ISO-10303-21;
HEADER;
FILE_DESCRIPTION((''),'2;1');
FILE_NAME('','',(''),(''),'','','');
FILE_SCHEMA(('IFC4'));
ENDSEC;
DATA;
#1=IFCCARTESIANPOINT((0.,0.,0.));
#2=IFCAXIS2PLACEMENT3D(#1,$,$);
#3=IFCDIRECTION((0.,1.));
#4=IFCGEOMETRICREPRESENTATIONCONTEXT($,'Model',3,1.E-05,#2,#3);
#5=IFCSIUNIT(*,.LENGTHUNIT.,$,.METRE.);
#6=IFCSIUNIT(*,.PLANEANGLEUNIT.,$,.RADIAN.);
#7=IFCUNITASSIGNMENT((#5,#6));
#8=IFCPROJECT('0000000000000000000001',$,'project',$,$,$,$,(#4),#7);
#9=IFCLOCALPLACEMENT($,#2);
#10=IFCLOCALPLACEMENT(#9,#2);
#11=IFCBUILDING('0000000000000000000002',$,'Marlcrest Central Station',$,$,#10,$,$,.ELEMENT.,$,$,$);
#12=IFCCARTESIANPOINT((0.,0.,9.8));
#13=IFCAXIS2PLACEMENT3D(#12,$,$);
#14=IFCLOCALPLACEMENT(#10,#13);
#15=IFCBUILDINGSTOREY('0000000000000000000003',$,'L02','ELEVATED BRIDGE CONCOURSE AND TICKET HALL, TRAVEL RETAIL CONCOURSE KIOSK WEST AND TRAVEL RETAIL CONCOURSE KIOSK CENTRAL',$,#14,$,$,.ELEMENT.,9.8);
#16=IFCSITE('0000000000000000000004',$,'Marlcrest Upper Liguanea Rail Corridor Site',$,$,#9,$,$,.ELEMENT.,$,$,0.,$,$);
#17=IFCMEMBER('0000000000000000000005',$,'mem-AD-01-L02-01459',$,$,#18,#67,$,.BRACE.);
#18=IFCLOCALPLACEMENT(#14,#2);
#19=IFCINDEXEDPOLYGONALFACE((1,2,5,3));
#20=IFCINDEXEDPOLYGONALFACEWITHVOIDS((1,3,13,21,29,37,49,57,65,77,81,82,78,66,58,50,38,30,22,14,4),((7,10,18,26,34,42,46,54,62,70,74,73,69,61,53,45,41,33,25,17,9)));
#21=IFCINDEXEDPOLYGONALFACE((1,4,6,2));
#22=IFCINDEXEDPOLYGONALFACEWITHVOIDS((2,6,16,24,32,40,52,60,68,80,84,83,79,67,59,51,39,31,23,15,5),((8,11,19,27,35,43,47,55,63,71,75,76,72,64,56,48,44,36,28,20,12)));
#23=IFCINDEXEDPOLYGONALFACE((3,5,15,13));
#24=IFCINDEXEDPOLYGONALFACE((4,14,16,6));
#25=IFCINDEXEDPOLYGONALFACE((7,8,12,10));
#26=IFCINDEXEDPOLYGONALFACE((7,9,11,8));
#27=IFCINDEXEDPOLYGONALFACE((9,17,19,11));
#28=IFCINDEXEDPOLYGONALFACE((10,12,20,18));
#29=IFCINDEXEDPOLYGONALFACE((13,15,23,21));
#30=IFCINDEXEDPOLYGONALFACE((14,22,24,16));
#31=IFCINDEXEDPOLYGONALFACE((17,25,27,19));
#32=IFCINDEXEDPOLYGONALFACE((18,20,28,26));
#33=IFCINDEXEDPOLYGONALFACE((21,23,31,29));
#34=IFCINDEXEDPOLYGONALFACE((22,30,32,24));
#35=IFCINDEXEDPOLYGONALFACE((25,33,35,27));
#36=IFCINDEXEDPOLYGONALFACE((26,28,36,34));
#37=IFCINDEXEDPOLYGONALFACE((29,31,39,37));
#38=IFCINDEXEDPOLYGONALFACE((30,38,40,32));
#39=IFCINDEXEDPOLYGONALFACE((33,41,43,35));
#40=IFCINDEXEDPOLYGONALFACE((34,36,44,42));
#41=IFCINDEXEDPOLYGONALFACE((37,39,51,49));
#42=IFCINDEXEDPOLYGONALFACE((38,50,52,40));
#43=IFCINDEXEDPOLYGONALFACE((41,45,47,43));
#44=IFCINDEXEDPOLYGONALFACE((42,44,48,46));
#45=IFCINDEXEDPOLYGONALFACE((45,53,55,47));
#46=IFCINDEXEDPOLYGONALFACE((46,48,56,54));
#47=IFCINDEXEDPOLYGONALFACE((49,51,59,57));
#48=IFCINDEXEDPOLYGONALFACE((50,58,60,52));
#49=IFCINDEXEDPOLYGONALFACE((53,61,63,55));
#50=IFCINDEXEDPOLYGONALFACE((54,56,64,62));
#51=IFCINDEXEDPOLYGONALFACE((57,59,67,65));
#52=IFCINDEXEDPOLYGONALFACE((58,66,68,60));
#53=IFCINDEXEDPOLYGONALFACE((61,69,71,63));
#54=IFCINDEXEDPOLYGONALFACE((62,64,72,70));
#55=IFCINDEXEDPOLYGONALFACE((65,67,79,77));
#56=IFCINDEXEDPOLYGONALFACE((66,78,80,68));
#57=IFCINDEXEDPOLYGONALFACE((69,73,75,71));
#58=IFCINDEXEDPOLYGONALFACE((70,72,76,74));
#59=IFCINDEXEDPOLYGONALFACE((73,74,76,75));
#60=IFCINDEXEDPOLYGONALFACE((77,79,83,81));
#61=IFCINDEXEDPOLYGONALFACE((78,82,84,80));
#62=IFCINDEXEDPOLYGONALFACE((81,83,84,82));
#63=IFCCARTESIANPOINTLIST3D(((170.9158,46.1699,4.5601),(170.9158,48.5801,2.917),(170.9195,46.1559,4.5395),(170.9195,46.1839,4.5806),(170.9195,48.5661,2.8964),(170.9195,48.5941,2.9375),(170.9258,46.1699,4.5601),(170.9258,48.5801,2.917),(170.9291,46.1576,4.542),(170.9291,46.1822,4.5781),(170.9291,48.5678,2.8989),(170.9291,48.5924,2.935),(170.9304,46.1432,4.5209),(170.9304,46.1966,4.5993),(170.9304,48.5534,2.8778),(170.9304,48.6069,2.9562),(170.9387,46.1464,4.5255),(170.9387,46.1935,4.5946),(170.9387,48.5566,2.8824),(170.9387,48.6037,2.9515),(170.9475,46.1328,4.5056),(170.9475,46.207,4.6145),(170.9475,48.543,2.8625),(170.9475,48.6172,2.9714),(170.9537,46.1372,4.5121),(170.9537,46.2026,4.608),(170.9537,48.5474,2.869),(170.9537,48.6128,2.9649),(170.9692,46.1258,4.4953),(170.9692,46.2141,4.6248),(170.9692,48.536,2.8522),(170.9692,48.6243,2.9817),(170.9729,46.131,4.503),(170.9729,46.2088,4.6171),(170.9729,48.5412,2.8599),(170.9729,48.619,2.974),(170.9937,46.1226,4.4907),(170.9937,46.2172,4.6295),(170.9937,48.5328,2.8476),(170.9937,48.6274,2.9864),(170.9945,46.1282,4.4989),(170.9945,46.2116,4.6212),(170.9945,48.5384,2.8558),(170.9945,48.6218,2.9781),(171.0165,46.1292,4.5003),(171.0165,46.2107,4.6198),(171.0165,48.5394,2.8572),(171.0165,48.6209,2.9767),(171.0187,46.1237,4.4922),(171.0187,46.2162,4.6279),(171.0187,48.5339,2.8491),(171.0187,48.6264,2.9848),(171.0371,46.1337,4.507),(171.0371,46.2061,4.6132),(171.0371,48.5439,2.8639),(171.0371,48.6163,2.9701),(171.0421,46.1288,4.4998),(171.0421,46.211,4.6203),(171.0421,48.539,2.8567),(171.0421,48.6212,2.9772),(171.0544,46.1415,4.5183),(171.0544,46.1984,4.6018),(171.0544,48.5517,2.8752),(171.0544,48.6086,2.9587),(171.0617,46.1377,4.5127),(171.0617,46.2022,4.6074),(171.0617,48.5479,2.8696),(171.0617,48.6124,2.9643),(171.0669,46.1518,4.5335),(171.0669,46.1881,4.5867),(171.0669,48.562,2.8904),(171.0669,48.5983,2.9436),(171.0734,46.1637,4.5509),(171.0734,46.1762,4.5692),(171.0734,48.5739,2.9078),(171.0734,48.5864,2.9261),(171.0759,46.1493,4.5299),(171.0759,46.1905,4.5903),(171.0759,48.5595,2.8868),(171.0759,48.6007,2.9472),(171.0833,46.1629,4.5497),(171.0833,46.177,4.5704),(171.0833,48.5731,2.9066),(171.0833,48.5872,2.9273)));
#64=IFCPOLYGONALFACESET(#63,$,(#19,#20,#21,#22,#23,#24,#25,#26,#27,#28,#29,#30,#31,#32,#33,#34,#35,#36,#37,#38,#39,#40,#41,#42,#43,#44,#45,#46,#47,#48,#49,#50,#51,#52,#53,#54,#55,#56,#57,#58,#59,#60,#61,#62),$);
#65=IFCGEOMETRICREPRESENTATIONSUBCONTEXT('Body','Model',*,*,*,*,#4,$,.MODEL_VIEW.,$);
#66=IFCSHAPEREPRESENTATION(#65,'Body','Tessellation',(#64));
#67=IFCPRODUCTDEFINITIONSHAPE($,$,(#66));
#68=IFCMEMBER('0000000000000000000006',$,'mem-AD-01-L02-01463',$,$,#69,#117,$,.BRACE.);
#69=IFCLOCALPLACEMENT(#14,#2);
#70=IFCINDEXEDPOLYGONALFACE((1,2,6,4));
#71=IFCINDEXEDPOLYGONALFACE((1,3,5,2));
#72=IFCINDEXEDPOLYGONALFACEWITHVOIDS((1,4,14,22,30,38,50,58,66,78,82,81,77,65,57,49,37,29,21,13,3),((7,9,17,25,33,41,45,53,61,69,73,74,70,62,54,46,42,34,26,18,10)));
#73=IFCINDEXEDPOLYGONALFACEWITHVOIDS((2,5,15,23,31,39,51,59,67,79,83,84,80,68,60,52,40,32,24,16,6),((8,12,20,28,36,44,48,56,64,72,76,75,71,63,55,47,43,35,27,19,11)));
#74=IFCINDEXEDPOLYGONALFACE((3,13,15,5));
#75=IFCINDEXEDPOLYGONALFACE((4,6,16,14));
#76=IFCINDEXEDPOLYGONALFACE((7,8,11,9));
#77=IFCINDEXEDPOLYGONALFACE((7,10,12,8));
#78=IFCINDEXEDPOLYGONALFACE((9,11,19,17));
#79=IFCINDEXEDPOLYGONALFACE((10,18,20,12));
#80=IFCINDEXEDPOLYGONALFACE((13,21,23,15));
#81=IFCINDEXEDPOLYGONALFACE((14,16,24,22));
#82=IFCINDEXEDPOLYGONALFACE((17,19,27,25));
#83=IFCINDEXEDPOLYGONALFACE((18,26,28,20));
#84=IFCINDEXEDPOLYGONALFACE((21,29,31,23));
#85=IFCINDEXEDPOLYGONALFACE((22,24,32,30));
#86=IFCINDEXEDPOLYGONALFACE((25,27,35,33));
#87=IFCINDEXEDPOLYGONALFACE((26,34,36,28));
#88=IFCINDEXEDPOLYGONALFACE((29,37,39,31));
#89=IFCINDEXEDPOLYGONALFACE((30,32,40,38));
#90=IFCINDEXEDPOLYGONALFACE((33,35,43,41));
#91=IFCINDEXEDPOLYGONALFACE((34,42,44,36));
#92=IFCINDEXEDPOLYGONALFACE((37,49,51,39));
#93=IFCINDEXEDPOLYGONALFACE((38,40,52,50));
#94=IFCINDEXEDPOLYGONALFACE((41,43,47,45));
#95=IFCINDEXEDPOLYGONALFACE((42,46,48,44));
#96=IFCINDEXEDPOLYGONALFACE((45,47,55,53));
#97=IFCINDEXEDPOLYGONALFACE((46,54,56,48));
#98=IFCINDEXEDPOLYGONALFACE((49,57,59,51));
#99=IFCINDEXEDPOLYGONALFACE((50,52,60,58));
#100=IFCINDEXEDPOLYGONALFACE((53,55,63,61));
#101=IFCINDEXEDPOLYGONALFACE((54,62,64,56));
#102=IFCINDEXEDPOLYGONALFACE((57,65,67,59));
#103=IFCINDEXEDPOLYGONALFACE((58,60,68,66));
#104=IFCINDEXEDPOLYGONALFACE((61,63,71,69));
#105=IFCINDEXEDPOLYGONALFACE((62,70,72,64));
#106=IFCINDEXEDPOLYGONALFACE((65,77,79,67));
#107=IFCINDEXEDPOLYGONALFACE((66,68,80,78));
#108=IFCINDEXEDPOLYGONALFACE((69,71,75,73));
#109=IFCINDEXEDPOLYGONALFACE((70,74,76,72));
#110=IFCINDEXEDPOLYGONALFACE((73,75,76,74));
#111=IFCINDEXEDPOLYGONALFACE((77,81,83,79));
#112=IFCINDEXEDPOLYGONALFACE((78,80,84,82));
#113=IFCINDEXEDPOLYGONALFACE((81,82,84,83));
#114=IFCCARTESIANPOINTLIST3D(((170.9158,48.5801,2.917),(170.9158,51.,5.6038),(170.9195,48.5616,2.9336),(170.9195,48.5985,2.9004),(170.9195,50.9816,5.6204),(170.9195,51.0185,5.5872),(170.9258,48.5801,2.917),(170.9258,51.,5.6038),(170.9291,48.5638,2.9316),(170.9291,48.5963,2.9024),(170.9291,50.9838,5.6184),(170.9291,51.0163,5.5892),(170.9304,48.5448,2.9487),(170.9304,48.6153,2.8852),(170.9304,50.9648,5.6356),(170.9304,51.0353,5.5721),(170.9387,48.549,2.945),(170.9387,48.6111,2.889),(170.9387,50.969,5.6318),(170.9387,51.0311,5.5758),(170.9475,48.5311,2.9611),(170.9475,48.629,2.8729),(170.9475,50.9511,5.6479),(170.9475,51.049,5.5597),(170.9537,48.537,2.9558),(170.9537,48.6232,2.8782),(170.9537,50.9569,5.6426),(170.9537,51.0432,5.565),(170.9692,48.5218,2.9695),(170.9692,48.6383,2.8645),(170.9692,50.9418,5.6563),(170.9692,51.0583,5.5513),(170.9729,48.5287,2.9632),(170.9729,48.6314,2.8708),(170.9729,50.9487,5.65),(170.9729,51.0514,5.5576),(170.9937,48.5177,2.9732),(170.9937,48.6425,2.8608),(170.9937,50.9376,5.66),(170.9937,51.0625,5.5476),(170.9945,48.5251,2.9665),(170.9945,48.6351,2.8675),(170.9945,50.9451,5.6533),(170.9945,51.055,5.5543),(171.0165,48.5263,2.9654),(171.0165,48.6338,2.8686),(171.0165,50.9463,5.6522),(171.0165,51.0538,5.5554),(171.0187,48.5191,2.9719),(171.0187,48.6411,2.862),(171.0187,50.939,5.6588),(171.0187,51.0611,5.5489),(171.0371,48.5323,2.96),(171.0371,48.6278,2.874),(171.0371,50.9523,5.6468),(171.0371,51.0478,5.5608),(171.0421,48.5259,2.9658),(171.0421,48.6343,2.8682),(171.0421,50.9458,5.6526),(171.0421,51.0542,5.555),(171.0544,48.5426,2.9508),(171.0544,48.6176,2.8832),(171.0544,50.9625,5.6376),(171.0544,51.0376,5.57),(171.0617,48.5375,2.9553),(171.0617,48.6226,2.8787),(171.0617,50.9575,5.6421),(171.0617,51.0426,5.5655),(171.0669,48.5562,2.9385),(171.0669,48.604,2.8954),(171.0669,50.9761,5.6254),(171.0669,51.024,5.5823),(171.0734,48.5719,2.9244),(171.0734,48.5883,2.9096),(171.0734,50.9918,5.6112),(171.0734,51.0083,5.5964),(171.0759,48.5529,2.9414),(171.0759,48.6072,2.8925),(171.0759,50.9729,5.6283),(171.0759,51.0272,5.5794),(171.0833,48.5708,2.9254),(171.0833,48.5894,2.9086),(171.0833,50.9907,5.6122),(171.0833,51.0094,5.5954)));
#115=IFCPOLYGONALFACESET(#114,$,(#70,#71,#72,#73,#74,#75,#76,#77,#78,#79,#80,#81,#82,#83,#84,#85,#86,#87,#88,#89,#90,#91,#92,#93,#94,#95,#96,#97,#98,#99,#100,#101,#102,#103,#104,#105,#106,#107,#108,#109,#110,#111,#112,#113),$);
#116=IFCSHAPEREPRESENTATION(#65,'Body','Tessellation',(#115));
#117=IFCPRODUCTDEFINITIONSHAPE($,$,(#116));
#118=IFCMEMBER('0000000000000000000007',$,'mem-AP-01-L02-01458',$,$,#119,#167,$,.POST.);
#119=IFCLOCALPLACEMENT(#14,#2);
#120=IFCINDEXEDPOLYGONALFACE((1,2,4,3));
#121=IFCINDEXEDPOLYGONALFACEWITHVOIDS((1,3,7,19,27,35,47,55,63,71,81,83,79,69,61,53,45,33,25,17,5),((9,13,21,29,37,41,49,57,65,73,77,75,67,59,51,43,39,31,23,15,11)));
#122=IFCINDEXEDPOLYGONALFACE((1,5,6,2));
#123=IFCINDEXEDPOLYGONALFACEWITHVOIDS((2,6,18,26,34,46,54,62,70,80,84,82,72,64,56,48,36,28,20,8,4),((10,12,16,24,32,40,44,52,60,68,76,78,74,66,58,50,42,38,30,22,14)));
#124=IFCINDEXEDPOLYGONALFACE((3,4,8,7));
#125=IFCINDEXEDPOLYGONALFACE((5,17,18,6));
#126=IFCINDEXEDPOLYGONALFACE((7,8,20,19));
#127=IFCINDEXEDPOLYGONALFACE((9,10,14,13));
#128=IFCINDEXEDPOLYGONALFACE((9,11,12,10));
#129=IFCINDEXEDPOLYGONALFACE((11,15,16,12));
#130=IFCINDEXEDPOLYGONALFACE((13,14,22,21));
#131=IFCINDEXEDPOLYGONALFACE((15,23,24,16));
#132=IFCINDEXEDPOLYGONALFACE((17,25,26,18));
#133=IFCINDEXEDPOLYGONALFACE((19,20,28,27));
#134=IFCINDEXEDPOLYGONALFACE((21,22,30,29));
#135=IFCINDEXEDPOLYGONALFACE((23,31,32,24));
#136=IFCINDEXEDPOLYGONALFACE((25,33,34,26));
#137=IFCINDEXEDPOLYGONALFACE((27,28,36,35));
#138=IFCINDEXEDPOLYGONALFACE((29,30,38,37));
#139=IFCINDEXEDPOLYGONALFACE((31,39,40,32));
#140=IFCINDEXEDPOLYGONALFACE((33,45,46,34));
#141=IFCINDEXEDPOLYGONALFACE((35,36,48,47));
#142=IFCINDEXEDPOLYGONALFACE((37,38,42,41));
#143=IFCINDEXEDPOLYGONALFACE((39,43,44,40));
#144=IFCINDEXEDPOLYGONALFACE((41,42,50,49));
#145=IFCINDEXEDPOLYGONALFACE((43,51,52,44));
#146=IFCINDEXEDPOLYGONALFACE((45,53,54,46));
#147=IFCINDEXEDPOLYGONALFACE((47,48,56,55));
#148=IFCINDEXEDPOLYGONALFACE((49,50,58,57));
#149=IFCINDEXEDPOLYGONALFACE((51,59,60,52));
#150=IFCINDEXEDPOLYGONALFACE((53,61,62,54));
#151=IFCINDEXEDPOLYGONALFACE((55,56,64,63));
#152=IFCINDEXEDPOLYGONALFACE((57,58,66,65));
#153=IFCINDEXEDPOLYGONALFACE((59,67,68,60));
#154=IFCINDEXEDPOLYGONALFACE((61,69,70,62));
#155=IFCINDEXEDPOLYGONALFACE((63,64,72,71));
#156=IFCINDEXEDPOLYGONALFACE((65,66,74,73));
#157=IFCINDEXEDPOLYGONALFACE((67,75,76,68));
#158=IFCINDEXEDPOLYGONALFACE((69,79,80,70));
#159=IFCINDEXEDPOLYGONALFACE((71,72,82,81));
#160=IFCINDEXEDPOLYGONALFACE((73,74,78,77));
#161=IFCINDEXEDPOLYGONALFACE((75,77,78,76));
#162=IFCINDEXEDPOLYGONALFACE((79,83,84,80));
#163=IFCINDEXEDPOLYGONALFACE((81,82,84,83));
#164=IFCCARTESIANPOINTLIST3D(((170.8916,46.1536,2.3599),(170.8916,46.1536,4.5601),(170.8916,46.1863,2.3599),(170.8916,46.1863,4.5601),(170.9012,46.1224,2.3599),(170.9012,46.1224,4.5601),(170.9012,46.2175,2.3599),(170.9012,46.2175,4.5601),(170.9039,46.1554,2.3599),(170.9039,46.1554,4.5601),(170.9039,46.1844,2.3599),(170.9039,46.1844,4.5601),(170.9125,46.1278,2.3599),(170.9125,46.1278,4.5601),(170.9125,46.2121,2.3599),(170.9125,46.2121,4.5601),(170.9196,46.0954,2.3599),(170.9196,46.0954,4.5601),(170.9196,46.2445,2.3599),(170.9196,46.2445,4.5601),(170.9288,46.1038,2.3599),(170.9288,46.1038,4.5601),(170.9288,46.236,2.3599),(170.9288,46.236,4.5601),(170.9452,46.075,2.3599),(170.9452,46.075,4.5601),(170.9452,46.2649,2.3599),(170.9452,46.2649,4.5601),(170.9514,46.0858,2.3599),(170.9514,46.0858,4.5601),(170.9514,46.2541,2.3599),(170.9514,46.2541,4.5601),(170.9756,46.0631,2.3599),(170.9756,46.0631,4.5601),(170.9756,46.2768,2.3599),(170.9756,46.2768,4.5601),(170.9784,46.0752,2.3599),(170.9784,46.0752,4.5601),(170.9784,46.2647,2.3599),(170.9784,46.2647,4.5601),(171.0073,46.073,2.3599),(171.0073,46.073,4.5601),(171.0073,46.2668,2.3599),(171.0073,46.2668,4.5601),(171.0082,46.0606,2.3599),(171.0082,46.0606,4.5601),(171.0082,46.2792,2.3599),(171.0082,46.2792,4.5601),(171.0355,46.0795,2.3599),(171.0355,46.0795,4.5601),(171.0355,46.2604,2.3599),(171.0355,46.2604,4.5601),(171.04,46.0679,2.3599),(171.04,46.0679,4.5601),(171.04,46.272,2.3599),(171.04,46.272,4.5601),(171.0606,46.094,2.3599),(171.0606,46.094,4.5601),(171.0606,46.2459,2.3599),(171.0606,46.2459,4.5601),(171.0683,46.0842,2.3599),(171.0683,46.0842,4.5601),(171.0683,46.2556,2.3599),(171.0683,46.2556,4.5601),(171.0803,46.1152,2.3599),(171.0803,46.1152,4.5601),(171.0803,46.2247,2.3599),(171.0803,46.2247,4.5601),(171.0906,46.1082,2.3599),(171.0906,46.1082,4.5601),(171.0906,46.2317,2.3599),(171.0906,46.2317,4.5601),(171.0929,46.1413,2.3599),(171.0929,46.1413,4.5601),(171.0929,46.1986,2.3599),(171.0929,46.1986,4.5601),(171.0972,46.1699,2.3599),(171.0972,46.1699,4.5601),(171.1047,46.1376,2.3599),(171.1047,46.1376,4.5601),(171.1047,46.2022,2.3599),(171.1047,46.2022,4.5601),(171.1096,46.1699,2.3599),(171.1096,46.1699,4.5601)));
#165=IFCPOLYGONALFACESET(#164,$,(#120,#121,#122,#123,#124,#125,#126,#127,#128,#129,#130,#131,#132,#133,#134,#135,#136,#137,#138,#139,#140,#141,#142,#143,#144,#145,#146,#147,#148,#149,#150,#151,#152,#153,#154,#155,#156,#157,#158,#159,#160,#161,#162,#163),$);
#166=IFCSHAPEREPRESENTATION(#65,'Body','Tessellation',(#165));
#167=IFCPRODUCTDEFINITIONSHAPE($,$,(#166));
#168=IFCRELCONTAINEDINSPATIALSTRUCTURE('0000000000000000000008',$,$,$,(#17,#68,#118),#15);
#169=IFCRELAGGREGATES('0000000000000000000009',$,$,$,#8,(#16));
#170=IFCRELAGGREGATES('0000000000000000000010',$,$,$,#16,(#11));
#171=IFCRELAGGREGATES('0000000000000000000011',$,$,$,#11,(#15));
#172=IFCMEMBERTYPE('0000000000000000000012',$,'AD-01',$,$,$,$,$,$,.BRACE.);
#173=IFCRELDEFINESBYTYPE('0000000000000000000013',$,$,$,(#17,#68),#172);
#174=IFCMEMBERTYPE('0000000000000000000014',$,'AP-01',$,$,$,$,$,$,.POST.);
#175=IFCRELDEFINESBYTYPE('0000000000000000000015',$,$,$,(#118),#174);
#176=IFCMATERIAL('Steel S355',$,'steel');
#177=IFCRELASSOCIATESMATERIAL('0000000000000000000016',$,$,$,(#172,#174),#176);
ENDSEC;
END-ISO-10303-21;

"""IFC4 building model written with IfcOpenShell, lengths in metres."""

from ifc_helpers import new_model, si_unit, direction, frame, origin, origin_2d, place, context, subcontext, project, spatial, hollow_circle, extrude, material, material_profile, profile_set, type_object, element, save


model = new_model("IFC4")

# Units and contexts
model_context = context("Model", 3, precision=1e-05, world=origin(), true_north=direction((0.0, 1.0)))
body_context = subcontext(model_context, "Body", "Model", "MODEL_VIEW")
ifc_project = project(units=[si_unit("LENGTHUNIT", "METRE"), si_unit("PLANEANGLEUNIT", "RADIAN")], contexts=[model_context])

# Site, building, storey
site_placement = place(None, origin())
site = spatial("IfcSite", under=ifc_project, at=site_placement, Name="Marlcrest Upper Liguanea Rail Corridor Site", CompositionType="ELEMENT", RefElevation=0.0)
building_placement = place(site_placement, origin())
building = spatial("IfcBuilding", under=site, at=building_placement, Name="Marlcrest Central Station", CompositionType="ELEMENT")
storey_placement = place(building_placement, frame((0.0, 0.0, 9.8)))
storey = spatial("IfcBuildingStorey", under=building, at=storey_placement, Name="L02", Description="ELEVATED BRIDGE CONCOURSE AND TICKET HALL, TRAVEL RETAIL CONCOURSE KIOSK WEST AND TRAVEL RETAIL CONCOURSE KIOSK CENTRAL", CompositionType="ELEMENT", Elevation=9.8)

# Members
ifc_material_1 = material(Name="Steel S355", Category="steel")
ifc_material_profile_1 = material_profile(ifc_material_1, hollow_circle(Radius=0.0842, WallThickness=0.01, at=origin_2d()), Name="CHS 168.3x10")
ifc_profile_set_1 = profile_set([ifc_material_profile_1], Name="Steel S355")
member_type_1 = type_object("IfcMemberType", Name="AD-01", PredefinedType="BRACE", material=ifc_profile_set_1)
member_1_placement = place(storey_placement, frame((171.0, 46.1699, 4.5601), z_axis=(0.0, 0.826263, -0.563285), x_axis=(-1.0, 0.0, 0.0)))
element("IfcMember", 1, at=member_1_placement, inside=storey, type_object=member_type_1, Name="mem-AD-01-L02-01459", PredefinedType="BRACE", context=body_context, shape_type="SweptSolid", body=[
    extrude(hollow_circle(Radius=0.0842, WallThickness=0.01, at=origin_2d()), origin(), (0.0, 0.0, 1.0), 2.917),
])
member_2_placement = place(storey_placement, frame((171.0, 48.5801, 2.917), z_axis=(0.0, 0.669244, 0.743042), x_axis=(-1.0, 0.0, 0.0)))
element("IfcMember", 2, at=member_2_placement, inside=storey, type_object=member_type_1, Name="mem-AD-01-L02-01463", PredefinedType="BRACE", context=body_context, shape_type="SweptSolid", body=[
    extrude(hollow_circle(Radius=0.0842, WallThickness=0.01, at=origin_2d()), origin(), (0.0, 0.0, 1.0), 3.616),
])
ifc_material_profile_2 = material_profile(ifc_material_1, hollow_circle(Radius=0.1096, WallThickness=0.0125, at=origin_2d()), Name="CHS 219.1x12.5")
ifc_profile_set_2 = profile_set([ifc_material_profile_2], Name="Steel S355")
member_type_2 = type_object("IfcMemberType", Name="AP-01", PredefinedType="POST", material=ifc_profile_set_2)
member_3_placement = place(storey_placement, frame((171.0, 46.1699, 2.3599), z_axis=(0.0, 0.0, 1.0), x_axis=(1.0, 0.0, 0.0)))
element("IfcMember", 3, at=member_3_placement, inside=storey, type_object=member_type_2, Name="mem-AP-01-L02-01458", PredefinedType="POST", context=body_context, shape_type="SweptSolid", body=[
    extrude(hollow_circle(Radius=0.1096, WallThickness=0.0125, at=origin_2d()), origin(), (0.0, 0.0, 1.0), 2.2002),
])

save(model, "model.ifc")
